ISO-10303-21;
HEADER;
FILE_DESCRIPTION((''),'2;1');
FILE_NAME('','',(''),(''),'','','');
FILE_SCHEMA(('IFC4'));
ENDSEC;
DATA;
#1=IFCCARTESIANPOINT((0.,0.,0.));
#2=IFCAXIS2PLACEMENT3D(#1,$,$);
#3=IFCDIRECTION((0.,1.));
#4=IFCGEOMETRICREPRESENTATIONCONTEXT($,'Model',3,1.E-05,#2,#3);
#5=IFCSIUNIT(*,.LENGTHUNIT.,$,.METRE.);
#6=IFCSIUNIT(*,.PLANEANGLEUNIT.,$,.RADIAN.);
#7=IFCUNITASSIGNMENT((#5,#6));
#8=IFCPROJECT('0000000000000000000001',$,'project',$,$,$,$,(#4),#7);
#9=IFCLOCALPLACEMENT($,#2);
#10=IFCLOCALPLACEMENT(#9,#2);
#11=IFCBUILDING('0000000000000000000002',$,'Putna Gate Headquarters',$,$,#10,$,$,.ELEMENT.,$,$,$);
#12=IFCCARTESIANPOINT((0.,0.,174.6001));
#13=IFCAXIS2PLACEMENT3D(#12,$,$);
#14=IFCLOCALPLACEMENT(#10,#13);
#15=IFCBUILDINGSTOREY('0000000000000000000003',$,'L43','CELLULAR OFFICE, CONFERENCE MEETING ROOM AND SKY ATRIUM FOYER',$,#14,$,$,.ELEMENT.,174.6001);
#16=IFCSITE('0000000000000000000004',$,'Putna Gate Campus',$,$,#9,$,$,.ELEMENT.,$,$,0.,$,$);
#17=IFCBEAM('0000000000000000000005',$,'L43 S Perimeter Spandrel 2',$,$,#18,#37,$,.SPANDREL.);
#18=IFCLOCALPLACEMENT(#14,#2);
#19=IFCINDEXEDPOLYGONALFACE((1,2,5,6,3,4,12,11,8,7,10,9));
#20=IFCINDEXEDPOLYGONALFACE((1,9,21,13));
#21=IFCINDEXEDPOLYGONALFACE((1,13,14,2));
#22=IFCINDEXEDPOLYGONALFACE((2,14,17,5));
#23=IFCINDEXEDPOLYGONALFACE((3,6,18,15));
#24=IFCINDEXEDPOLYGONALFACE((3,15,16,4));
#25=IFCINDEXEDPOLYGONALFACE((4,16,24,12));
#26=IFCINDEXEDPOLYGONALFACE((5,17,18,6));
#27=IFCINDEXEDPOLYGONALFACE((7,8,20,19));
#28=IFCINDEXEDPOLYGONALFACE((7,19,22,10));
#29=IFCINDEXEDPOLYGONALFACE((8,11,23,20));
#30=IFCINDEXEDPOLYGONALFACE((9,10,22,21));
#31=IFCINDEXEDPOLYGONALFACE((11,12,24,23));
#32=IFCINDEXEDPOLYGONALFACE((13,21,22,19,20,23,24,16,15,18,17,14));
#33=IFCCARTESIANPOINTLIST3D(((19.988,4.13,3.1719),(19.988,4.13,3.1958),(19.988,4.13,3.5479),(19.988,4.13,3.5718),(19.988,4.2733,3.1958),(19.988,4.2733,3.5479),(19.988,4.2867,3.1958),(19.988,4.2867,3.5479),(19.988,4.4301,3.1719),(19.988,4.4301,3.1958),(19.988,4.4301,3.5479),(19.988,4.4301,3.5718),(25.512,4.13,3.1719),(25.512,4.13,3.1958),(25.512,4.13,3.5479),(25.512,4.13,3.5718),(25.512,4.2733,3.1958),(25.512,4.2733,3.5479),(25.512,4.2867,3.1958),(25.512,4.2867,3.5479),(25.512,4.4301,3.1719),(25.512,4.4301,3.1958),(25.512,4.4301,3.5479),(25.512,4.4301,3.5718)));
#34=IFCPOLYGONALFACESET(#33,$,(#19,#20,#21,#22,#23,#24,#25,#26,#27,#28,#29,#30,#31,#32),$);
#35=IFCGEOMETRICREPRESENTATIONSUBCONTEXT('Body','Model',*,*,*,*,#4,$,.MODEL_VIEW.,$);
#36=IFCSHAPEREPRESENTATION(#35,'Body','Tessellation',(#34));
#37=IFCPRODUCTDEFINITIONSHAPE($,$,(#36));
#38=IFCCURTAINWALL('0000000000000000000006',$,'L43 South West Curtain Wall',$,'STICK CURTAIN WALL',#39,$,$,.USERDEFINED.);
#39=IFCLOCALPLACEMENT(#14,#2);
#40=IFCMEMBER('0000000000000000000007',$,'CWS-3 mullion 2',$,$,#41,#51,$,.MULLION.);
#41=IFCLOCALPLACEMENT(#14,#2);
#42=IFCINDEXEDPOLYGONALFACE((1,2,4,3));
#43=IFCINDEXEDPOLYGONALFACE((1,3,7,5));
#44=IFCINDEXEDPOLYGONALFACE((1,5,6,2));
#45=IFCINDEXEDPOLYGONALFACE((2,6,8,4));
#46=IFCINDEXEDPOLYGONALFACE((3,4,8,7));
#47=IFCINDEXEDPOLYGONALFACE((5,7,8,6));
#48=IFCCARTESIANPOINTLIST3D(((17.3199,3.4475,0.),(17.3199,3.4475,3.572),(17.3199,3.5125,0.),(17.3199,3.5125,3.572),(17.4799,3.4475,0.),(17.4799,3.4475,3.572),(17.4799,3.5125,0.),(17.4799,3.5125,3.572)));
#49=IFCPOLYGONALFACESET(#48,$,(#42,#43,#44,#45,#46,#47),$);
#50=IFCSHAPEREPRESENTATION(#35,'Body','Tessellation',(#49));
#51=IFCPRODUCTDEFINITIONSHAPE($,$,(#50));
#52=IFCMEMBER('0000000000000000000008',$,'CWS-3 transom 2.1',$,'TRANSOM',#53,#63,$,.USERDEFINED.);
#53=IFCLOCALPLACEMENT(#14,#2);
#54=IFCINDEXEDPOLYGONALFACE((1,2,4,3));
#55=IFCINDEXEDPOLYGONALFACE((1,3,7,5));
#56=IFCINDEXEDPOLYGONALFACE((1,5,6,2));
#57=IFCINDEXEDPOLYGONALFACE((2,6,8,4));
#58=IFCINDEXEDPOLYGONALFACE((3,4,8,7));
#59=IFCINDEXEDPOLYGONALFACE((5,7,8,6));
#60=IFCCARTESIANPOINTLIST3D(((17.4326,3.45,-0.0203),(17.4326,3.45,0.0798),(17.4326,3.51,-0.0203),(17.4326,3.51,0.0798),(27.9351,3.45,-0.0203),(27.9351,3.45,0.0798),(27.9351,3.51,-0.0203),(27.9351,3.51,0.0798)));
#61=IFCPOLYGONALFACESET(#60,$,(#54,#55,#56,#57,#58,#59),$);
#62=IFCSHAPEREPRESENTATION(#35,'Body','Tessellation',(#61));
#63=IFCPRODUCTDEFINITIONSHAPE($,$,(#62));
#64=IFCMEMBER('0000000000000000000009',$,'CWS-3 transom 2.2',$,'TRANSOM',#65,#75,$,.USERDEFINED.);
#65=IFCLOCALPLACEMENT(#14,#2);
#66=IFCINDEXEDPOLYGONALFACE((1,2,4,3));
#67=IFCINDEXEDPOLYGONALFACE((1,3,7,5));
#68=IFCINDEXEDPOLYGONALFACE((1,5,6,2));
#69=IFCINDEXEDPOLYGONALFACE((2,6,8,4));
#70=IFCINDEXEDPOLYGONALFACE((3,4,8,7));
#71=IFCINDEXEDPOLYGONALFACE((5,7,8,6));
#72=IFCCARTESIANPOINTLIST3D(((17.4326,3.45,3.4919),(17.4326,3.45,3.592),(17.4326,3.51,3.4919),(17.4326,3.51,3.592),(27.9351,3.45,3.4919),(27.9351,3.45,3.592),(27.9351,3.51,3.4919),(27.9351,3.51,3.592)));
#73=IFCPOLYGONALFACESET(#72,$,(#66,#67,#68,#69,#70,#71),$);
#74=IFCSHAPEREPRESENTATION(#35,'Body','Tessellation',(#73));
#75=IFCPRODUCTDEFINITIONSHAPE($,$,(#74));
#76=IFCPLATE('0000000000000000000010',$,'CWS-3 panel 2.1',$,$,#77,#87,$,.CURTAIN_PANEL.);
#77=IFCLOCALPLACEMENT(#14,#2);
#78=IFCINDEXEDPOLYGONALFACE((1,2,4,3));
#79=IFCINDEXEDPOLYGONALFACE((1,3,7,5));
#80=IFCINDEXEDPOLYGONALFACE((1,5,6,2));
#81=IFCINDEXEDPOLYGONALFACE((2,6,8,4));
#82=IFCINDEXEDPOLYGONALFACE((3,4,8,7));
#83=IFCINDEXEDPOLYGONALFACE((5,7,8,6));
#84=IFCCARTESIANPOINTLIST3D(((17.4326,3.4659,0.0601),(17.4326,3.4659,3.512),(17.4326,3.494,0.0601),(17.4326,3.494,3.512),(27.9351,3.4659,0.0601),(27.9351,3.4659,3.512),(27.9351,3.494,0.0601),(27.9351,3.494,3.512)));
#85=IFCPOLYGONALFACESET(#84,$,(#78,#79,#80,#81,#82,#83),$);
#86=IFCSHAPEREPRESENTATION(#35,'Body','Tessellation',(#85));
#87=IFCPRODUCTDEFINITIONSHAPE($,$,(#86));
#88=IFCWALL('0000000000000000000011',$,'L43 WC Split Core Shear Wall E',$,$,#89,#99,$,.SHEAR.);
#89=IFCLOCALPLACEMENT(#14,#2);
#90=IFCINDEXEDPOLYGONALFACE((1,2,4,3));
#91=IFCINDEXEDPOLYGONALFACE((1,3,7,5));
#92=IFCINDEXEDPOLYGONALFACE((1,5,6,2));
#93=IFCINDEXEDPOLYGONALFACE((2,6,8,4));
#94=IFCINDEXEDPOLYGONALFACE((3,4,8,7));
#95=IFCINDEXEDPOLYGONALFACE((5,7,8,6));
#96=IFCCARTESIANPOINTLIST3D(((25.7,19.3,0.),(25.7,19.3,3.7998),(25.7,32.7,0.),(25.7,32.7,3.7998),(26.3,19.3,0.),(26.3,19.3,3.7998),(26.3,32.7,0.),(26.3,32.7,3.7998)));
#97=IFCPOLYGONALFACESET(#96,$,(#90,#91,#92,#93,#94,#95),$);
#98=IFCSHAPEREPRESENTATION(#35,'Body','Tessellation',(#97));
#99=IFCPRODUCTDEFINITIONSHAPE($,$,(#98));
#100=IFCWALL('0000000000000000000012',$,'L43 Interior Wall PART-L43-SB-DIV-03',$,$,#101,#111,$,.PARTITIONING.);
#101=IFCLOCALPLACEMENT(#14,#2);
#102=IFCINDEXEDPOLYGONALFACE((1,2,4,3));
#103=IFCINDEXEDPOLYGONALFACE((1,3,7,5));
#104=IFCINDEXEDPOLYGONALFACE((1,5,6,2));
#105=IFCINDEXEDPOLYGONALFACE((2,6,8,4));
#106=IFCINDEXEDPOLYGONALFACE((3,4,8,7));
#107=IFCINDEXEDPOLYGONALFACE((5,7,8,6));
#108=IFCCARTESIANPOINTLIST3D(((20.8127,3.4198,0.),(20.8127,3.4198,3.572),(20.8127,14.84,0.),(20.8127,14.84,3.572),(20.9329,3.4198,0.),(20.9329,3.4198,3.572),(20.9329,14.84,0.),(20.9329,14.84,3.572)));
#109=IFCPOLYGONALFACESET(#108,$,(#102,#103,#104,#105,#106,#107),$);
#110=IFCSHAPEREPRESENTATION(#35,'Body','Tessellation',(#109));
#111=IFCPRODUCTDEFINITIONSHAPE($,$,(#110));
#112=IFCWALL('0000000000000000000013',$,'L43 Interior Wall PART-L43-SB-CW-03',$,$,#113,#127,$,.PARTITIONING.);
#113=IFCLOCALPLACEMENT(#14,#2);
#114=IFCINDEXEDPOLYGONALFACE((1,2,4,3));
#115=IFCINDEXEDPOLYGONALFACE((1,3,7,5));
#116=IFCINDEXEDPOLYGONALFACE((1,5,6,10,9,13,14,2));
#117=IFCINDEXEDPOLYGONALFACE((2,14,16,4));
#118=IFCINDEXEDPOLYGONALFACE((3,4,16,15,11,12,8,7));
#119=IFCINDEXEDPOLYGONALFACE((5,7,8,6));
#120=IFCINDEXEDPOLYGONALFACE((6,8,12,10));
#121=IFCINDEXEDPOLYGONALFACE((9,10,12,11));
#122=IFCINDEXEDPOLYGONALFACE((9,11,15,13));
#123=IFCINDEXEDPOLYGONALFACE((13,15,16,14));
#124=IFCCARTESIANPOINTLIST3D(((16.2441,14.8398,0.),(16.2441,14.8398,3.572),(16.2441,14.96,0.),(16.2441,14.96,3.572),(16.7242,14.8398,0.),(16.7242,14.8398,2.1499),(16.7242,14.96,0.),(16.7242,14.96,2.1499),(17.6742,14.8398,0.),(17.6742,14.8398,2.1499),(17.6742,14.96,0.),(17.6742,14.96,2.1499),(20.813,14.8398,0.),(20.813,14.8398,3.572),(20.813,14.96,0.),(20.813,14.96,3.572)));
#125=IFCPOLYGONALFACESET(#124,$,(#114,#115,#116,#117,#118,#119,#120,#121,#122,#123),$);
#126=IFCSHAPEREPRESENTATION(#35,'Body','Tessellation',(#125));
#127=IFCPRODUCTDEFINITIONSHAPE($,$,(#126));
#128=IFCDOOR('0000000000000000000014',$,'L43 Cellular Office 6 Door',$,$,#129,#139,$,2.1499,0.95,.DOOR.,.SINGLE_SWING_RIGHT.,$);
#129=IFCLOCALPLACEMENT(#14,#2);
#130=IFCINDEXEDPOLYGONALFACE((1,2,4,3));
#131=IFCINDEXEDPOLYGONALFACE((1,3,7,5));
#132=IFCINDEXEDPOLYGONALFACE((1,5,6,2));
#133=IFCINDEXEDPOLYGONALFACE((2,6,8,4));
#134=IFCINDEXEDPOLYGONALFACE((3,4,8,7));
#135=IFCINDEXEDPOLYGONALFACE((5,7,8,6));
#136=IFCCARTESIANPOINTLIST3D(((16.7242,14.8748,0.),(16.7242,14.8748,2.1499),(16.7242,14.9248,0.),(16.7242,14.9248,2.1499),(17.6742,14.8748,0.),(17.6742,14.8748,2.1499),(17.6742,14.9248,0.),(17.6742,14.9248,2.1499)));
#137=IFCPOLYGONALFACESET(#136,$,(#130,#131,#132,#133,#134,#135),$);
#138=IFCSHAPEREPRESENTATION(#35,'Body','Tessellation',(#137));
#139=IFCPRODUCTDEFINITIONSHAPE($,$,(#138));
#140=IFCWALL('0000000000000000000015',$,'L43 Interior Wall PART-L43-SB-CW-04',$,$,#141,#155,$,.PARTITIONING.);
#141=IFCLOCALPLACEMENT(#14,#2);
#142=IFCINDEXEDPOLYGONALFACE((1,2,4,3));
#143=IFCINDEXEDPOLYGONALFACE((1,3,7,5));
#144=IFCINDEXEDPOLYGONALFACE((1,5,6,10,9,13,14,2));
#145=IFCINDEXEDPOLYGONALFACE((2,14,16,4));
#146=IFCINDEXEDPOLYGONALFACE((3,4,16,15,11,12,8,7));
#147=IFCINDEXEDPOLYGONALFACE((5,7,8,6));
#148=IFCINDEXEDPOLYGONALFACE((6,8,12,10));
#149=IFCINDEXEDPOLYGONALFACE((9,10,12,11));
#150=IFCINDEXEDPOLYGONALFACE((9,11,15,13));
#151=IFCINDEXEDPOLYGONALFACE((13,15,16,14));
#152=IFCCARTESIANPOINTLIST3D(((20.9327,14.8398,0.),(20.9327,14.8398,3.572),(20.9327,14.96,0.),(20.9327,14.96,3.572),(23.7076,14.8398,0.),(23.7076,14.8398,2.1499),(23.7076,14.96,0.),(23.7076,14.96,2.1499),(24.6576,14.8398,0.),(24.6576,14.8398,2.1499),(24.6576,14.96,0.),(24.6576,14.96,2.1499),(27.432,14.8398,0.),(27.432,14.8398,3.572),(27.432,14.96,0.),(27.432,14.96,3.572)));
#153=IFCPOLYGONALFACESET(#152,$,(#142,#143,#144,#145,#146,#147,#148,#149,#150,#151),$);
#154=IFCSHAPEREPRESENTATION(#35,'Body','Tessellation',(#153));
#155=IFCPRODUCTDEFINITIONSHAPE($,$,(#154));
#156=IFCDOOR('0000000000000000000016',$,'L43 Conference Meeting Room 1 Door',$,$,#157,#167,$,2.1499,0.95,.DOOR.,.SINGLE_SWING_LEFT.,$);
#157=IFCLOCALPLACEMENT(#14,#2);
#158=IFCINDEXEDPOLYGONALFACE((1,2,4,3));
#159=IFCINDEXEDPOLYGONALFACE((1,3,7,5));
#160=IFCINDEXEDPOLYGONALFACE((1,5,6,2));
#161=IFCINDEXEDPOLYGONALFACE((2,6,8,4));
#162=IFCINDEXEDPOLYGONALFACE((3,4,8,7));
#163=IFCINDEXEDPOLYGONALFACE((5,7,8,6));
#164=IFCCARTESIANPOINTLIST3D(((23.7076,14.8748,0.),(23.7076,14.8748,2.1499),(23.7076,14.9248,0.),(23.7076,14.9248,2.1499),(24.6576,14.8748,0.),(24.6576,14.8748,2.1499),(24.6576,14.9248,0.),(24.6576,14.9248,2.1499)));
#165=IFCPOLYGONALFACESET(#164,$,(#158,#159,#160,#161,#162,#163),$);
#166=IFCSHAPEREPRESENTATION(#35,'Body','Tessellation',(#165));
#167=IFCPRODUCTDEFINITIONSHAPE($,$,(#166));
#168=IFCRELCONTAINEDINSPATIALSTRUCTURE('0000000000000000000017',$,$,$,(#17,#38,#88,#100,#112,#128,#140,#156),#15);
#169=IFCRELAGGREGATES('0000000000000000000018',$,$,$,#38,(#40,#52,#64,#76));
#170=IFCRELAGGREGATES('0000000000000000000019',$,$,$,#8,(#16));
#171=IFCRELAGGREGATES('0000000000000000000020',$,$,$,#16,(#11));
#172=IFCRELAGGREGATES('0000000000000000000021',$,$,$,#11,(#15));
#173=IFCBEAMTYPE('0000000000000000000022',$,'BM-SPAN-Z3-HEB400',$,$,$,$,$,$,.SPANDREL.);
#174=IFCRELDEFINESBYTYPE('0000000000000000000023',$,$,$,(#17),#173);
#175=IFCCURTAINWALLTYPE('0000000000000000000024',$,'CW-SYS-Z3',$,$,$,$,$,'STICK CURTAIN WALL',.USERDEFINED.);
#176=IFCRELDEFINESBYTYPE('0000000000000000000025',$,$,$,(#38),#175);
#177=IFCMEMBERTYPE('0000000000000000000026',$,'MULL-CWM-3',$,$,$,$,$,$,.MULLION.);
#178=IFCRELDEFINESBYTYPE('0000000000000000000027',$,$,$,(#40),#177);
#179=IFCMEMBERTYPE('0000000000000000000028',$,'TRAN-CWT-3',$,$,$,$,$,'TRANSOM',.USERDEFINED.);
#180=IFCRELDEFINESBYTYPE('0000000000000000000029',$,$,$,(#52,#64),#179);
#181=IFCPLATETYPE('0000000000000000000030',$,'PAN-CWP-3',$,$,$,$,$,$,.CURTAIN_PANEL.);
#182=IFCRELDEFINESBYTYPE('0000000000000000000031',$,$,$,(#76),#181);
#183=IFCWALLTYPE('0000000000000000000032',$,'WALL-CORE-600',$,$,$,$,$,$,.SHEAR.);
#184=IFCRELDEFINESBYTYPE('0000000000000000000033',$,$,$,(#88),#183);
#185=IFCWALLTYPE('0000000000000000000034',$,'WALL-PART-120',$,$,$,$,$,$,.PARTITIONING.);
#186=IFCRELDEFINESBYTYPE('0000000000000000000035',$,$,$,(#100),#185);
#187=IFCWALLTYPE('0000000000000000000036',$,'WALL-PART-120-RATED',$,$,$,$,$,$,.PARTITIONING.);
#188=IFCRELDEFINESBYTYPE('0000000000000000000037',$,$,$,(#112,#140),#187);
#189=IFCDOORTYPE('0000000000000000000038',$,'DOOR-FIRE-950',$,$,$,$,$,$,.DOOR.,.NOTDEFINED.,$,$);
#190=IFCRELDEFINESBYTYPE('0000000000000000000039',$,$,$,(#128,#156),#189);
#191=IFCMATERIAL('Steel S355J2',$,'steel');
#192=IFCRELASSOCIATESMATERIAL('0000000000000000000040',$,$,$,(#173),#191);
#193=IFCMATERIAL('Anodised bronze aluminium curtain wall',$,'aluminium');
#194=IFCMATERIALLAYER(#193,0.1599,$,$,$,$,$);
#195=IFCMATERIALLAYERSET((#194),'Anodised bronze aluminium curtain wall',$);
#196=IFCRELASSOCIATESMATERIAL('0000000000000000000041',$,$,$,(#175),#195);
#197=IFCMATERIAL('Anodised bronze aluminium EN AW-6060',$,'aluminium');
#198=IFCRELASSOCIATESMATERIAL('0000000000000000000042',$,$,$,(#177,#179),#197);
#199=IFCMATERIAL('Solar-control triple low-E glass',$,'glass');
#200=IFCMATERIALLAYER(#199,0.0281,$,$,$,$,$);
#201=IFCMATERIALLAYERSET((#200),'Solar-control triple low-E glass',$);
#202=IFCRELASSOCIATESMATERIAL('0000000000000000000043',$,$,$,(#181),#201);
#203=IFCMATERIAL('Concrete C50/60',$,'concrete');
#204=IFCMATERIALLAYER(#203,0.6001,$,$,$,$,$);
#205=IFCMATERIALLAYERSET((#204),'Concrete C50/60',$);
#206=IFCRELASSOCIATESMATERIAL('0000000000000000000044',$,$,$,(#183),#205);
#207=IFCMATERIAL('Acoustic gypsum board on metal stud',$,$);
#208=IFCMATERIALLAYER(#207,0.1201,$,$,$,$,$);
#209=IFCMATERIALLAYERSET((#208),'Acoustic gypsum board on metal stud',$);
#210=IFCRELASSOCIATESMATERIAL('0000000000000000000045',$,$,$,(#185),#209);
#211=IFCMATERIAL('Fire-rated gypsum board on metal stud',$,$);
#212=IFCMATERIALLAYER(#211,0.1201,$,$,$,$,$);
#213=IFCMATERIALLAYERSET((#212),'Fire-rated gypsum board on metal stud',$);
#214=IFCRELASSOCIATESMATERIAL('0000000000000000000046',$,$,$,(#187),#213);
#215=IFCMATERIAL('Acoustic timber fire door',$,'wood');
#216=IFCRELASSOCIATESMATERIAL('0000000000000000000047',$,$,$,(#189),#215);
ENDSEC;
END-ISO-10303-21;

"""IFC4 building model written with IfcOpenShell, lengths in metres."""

from ifc_helpers import new_model, si_unit, direction, frame, frame_2d, origin, origin_2d, place, context, subcontext, project, spatial, rectangle, i_section, extrude, material, layer, layer_set, material_profile, profile_set, type_object, element, fill, aggregate, save


model = new_model("IFC4")

# Units and contexts
model_context = context("Model", 3, precision=1e-05, world=origin(), true_north=direction((0.0, 1.0)))
body_context = subcontext(model_context, "Body", "Model", "MODEL_VIEW")
ifc_project = project(units=[si_unit("LENGTHUNIT", "METRE"), si_unit("PLANEANGLEUNIT", "RADIAN")], contexts=[model_context])

# Site, building, storey
site_placement = place(None, origin())
site = spatial("IfcSite", under=ifc_project, at=site_placement, Name="Putna Gate Campus", CompositionType="ELEMENT", RefElevation=0.0)
building_placement = place(site_placement, origin())
building = spatial("IfcBuilding", under=site, at=building_placement, Name="Putna Gate Headquarters", CompositionType="ELEMENT")
storey_placement = place(building_placement, frame((0.0, 0.0, 174.6001)))
storey = spatial("IfcBuildingStorey", under=building, at=storey_placement, Name="L43", Description="CELLULAR OFFICE, CONFERENCE MEETING ROOM AND SKY ATRIUM FOYER", CompositionType="ELEMENT", Elevation=174.6001)

# Shared definitions
ifc_material_1 = material(Name="Concrete C50/60", Category="concrete")

# Beam
ifc_material_2 = material(Name="Steel S355J2", Category="steel")
ifc_material_profile_1 = material_profile(ifc_material_2, i_section(OverallWidth=0.3, OverallDepth=0.3999, WebThickness=0.0134, FlangeThickness=0.0239, at=origin_2d()), Name="Steel S355J2")
ifc_profile_set_1 = profile_set([ifc_material_profile_1], Name="Steel S355J2")
beam_type_1 = type_object("IfcBeamType", Name="BM-SPAN-Z3-HEB400", PredefinedType="SPANDREL", material=ifc_profile_set_1)
beam_1_placement = place(storey_placement, frame((19.988, 4.28, 3.3718), z_axis=(1.0, 0.0, 0.0), x_axis=(0.0, 1.0, 0.0)))
element("IfcBeam", 1, at=beam_1_placement, inside=storey, type_object=beam_type_1, Name="L43 S Perimeter Spandrel 2", PredefinedType="SPANDREL", context=body_context, shape_type="SweptSolid", body=[
    extrude(i_section(OverallWidth=0.3, OverallDepth=0.3999, WebThickness=0.0134, FlangeThickness=0.0239, at=origin_2d()), origin(), (0.0, 0.0, 1.0), 5.5239),
])

# Curtain wall, members, plate
ifc_material_3 = material(Name="Anodised bronze aluminium curtain wall", Category="aluminium")
ifc_layer_1 = layer(ifc_material_3, 0.1599)
ifc_layer_set_1 = layer_set([ifc_layer_1], Name="Anodised bronze aluminium curtain wall")
curtain_wall_type = type_object("IfcCurtainWallType", Name="CW-SYS-Z3", ElementType="STICK CURTAIN WALL", PredefinedType="USERDEFINED", material=ifc_layer_set_1)
curtain_wall_placement = place(storey_placement, origin())
curtain_wall = element("IfcCurtainWall", 2, at=curtain_wall_placement, inside=storey, type_object=curtain_wall_type, Name="L43 South West Curtain Wall", ObjectType="STICK CURTAIN WALL", PredefinedType="USERDEFINED")
ifc_material_4 = material(Name="Anodised bronze aluminium EN AW-6060", Category="aluminium")
ifc_material_profile_2 = material_profile(ifc_material_4, rectangle(XDim=0.0649, YDim=0.1599, at=origin_2d()), Name="Anodised bronze aluminium EN AW-6060")
ifc_profile_set_2 = profile_set([ifc_material_profile_2], Name="Anodised bronze aluminium EN AW-6060")
member_type_1 = type_object("IfcMemberType", Name="MULL-CWM-3", PredefinedType="MULLION", material=ifc_profile_set_2)
member_1_placement = place(storey_placement, frame((17.3999, 3.48, 0.0), z_axis=(0.0, 0.0, 1.0), x_axis=(0.0, 1.0, 0.0)))
member_1 = element("IfcMember", 3, at=member_1_placement, type_object=member_type_1, Name="CWS-3 mullion 2", PredefinedType="MULLION", context=body_context, shape_type="SweptSolid", body=[
    extrude(rectangle(XDim=0.0649, YDim=0.1599, at=origin_2d()), origin(), (0.0, 0.0, 1.0), 3.572),
])
ifc_material_profile_3 = material_profile(ifc_material_4, rectangle(XDim=0.0601, YDim=0.1001, at=origin_2d()), Name="Anodised bronze aluminium EN AW-6060")
ifc_profile_set_3 = profile_set([ifc_material_profile_3], Name="Anodised bronze aluminium EN AW-6060")
member_type_2 = type_object("IfcMemberType", Name="TRAN-CWT-3", ElementType="TRANSOM", PredefinedType="USERDEFINED", material=ifc_profile_set_3)
member_2_placement = place(storey_placement, frame((17.4326, 3.48, 0.0298), z_axis=(1.0, 0.0, 0.0), x_axis=(0.0, 1.0, 0.0)))
member_2 = element("IfcMember", 4, at=member_2_placement, type_object=member_type_2, Name="CWS-3 transom 2.1", ObjectType="TRANSOM", PredefinedType="USERDEFINED", context=body_context, shape_type="SweptSolid", body=[
    extrude(rectangle(XDim=0.0601, YDim=0.1001, at=origin_2d()), origin(), (0.0, 0.0, 1.0), 10.5024),
])
member_3_placement = place(storey_placement, frame((17.4326, 3.48, 3.542), z_axis=(1.0, 0.0, 0.0), x_axis=(0.0, 1.0, 0.0)))
member_3 = element("IfcMember", 5, at=member_3_placement, type_object=member_type_2, Name="CWS-3 transom 2.2", ObjectType="TRANSOM", PredefinedType="USERDEFINED", context=body_context, shape_type="SweptSolid", body=[
    extrude(rectangle(XDim=0.0601, YDim=0.1001, at=origin_2d()), origin(), (0.0, 0.0, 1.0), 10.5024),
])
ifc_material_5 = material(Name="Solar-control triple low-E glass", Category="glass")
ifc_layer_2 = layer(ifc_material_5, 0.0281)
ifc_layer_set_2 = layer_set([ifc_layer_2], Name="Solar-control triple low-E glass")
plate_type = type_object("IfcPlateType", Name="PAN-CWP-3", PredefinedType="CURTAIN_PANEL", material=ifc_layer_set_2)
plate_placement = place(storey_placement, frame((22.6838, 3.48, 0.0601), z_axis=(0.0, 0.0, 1.0), x_axis=(1.0, 0.0, 0.0)))
plate = element("IfcPlate", 6, at=plate_placement, type_object=plate_type, Name="CWS-3 panel 2.1", PredefinedType="CURTAIN_PANEL", context=body_context, shape_type="SweptSolid", body=[
    extrude(rectangle(XDim=10.5024, YDim=0.0281, at=origin_2d()), origin(), (0.0, 0.0, 1.0), 3.4519),
])
aggregate(curtain_wall, [member_1, member_2, member_3, plate])

# Walls
ifc_layer_3 = layer(ifc_material_1, 0.6001)
ifc_layer_set_3 = layer_set([ifc_layer_3], Name="Concrete C50/60")
wall_type_1 = type_object("IfcWallType", Name="WALL-CORE-600", PredefinedType="SHEAR", material=ifc_layer_set_3)
wall_1_placement = place(storey_placement, frame((26.0, 19.3, 0.0), z_axis=(0.0, 0.0, 1.0), x_axis=(0.0, 1.0, 0.0)))
element("IfcWall", 7, at=wall_1_placement, inside=storey, type_object=wall_type_1, Name="L43 WC Split Core Shear Wall E", PredefinedType="SHEAR", context=body_context, shape_type="SweptSolid", body=[
    extrude(rectangle(XDim=13.3999, YDim=0.6001, at=frame_2d((6.7, 0.0))), origin(), (0.0, 0.0, 1.0), 3.7998),
])
ifc_material_6 = material(Name="Acoustic gypsum board on metal stud")
ifc_layer_4 = layer(ifc_material_6, 0.1201)
ifc_layer_set_4 = layer_set([ifc_layer_4], Name="Acoustic gypsum board on metal stud")
wall_type_2 = type_object("IfcWallType", Name="WALL-PART-120", PredefinedType="PARTITIONING", material=ifc_layer_set_4)
wall_2_placement = place(storey_placement, frame((20.8728, 3.4199, 0.0), z_axis=(0.0, 0.0, 1.0), x_axis=(0.0, 1.0, 0.0)))
element("IfcWall", 8, at=wall_2_placement, inside=storey, type_object=wall_type_2, Name="L43 Interior Wall PART-L43-SB-DIV-03", PredefinedType="PARTITIONING", context=body_context, shape_type="SweptSolid", body=[
    extrude(rectangle(XDim=11.4202, YDim=0.1201, at=frame_2d((5.71, 0.0))), origin(), (0.0, 0.0, 1.0), 3.572),
])

# Walls, openings, doors
ifc_material_7 = material(Name="Fire-rated gypsum board on metal stud")
ifc_layer_5 = layer(ifc_material_7, 0.1201)
ifc_layer_set_5 = layer_set([ifc_layer_5], Name="Fire-rated gypsum board on metal stud")
wall_type_3 = type_object("IfcWallType", Name="WALL-PART-120-RATED", PredefinedType="PARTITIONING", material=ifc_layer_set_5)
wall_3_placement = place(storey_placement, frame((16.2441, 14.8999, 0.0), z_axis=(0.0, 0.0, 1.0), x_axis=(1.0, 0.0, 0.0)))
wall_3 = element("IfcWall", 9, at=wall_3_placement, inside=storey, type_object=wall_type_3, Name="L43 Interior Wall PART-L43-SB-CW-03", PredefinedType="PARTITIONING", context=body_context, shape_type="SweptSolid", body=[
    extrude(rectangle(XDim=4.5688, YDim=0.1201, at=frame_2d((2.2844, 0.0))), origin(), (0.0, 0.0, 1.0), 3.572),
])
opening_1_placement = place(wall_3_placement, frame((0.48, 0.0, 0.0)))
opening_1 = element("IfcOpeningElement", 10, at=opening_1_placement, cuts=wall_3, PredefinedType="OPENING", context=body_context, shape_type="SweptSolid", body=[
    extrude(rectangle(XDim=0.95, YDim=2.1499, at=frame_2d((0.4751, 1.075))), frame((0.0, 0.0701, 0.0), z_axis=(0.0, -1.0, 0.0), x_axis=(1.0, 0.0, 0.0)), (0.0, 0.0, 1.0), 0.1401),
])
ifc_material_8 = material(Name="Acoustic timber fire door", Category="wood")
door_type_1 = type_object("IfcDoorType", Name="DOOR-FIRE-950", OperationType="NOTDEFINED", PredefinedType="DOOR", material=ifc_material_8)
door_1_placement = place(opening_1_placement, origin())
door_1 = element("IfcDoor", 11, at=door_1_placement, inside=storey, type_object=door_type_1, Name="L43 Cellular Office 6 Door", OperationType="SINGLE_SWING_RIGHT", OverallHeight=2.1499, OverallWidth=0.95, PredefinedType="DOOR", context=body_context, shape_type="SweptSolid", body=[
    extrude(rectangle(XDim=0.95, YDim=2.1499, at=frame_2d((0.4751, 1.075))), frame((0.0, 0.0249, 0.0), z_axis=(0.0, -1.0, 0.0), x_axis=(1.0, 0.0, 0.0)), (0.0, 0.0, 1.0), 0.05),
])
fill(opening_1, door_1)
wall_4_placement = place(storey_placement, frame((20.9329, 14.8999, 0.0), z_axis=(0.0, 0.0, 1.0), x_axis=(1.0, 0.0, 0.0)))
wall_4 = element("IfcWall", 12, at=wall_4_placement, inside=storey, type_object=wall_type_3, Name="L43 Interior Wall PART-L43-SB-CW-04", PredefinedType="PARTITIONING", context=body_context, shape_type="SweptSolid", body=[
    extrude(rectangle(XDim=6.4993, YDim=0.1201, at=frame_2d((3.2495, 0.0))), origin(), (0.0, 0.0, 1.0), 3.572),
])
opening_2_placement = place(wall_4_placement, frame((2.7747, 0.0, 0.0)))
opening_2 = element("IfcOpeningElement", 13, at=opening_2_placement, cuts=wall_4, PredefinedType="OPENING", context=body_context, shape_type="SweptSolid", body=[
    extrude(rectangle(XDim=0.95, YDim=2.1499, at=frame_2d((0.4751, 1.075))), frame((0.0, 0.0701, 0.0), z_axis=(0.0, -1.0, 0.0), x_axis=(1.0, 0.0, 0.0)), (0.0, 0.0, 1.0), 0.1401),
])
door_2_placement = place(opening_2_placement, origin())
door_2 = element("IfcDoor", 14, at=door_2_placement, inside=storey, type_object=door_type_1, Name="L43 Conference Meeting Room 1 Door", OperationType="SINGLE_SWING_LEFT", OverallHeight=2.1499, OverallWidth=0.95, PredefinedType="DOOR", context=body_context, shape_type="SweptSolid", body=[
    extrude(rectangle(XDim=0.95, YDim=2.1499, at=frame_2d((0.4751, 1.075))), frame((0.0, 0.0249, 0.0), z_axis=(0.0, -1.0, 0.0), x_axis=(1.0, 0.0, 0.0)), (0.0, 0.0, 1.0), 0.05),
])
fill(opening_2, door_2)

save(model, "model.ifc")
